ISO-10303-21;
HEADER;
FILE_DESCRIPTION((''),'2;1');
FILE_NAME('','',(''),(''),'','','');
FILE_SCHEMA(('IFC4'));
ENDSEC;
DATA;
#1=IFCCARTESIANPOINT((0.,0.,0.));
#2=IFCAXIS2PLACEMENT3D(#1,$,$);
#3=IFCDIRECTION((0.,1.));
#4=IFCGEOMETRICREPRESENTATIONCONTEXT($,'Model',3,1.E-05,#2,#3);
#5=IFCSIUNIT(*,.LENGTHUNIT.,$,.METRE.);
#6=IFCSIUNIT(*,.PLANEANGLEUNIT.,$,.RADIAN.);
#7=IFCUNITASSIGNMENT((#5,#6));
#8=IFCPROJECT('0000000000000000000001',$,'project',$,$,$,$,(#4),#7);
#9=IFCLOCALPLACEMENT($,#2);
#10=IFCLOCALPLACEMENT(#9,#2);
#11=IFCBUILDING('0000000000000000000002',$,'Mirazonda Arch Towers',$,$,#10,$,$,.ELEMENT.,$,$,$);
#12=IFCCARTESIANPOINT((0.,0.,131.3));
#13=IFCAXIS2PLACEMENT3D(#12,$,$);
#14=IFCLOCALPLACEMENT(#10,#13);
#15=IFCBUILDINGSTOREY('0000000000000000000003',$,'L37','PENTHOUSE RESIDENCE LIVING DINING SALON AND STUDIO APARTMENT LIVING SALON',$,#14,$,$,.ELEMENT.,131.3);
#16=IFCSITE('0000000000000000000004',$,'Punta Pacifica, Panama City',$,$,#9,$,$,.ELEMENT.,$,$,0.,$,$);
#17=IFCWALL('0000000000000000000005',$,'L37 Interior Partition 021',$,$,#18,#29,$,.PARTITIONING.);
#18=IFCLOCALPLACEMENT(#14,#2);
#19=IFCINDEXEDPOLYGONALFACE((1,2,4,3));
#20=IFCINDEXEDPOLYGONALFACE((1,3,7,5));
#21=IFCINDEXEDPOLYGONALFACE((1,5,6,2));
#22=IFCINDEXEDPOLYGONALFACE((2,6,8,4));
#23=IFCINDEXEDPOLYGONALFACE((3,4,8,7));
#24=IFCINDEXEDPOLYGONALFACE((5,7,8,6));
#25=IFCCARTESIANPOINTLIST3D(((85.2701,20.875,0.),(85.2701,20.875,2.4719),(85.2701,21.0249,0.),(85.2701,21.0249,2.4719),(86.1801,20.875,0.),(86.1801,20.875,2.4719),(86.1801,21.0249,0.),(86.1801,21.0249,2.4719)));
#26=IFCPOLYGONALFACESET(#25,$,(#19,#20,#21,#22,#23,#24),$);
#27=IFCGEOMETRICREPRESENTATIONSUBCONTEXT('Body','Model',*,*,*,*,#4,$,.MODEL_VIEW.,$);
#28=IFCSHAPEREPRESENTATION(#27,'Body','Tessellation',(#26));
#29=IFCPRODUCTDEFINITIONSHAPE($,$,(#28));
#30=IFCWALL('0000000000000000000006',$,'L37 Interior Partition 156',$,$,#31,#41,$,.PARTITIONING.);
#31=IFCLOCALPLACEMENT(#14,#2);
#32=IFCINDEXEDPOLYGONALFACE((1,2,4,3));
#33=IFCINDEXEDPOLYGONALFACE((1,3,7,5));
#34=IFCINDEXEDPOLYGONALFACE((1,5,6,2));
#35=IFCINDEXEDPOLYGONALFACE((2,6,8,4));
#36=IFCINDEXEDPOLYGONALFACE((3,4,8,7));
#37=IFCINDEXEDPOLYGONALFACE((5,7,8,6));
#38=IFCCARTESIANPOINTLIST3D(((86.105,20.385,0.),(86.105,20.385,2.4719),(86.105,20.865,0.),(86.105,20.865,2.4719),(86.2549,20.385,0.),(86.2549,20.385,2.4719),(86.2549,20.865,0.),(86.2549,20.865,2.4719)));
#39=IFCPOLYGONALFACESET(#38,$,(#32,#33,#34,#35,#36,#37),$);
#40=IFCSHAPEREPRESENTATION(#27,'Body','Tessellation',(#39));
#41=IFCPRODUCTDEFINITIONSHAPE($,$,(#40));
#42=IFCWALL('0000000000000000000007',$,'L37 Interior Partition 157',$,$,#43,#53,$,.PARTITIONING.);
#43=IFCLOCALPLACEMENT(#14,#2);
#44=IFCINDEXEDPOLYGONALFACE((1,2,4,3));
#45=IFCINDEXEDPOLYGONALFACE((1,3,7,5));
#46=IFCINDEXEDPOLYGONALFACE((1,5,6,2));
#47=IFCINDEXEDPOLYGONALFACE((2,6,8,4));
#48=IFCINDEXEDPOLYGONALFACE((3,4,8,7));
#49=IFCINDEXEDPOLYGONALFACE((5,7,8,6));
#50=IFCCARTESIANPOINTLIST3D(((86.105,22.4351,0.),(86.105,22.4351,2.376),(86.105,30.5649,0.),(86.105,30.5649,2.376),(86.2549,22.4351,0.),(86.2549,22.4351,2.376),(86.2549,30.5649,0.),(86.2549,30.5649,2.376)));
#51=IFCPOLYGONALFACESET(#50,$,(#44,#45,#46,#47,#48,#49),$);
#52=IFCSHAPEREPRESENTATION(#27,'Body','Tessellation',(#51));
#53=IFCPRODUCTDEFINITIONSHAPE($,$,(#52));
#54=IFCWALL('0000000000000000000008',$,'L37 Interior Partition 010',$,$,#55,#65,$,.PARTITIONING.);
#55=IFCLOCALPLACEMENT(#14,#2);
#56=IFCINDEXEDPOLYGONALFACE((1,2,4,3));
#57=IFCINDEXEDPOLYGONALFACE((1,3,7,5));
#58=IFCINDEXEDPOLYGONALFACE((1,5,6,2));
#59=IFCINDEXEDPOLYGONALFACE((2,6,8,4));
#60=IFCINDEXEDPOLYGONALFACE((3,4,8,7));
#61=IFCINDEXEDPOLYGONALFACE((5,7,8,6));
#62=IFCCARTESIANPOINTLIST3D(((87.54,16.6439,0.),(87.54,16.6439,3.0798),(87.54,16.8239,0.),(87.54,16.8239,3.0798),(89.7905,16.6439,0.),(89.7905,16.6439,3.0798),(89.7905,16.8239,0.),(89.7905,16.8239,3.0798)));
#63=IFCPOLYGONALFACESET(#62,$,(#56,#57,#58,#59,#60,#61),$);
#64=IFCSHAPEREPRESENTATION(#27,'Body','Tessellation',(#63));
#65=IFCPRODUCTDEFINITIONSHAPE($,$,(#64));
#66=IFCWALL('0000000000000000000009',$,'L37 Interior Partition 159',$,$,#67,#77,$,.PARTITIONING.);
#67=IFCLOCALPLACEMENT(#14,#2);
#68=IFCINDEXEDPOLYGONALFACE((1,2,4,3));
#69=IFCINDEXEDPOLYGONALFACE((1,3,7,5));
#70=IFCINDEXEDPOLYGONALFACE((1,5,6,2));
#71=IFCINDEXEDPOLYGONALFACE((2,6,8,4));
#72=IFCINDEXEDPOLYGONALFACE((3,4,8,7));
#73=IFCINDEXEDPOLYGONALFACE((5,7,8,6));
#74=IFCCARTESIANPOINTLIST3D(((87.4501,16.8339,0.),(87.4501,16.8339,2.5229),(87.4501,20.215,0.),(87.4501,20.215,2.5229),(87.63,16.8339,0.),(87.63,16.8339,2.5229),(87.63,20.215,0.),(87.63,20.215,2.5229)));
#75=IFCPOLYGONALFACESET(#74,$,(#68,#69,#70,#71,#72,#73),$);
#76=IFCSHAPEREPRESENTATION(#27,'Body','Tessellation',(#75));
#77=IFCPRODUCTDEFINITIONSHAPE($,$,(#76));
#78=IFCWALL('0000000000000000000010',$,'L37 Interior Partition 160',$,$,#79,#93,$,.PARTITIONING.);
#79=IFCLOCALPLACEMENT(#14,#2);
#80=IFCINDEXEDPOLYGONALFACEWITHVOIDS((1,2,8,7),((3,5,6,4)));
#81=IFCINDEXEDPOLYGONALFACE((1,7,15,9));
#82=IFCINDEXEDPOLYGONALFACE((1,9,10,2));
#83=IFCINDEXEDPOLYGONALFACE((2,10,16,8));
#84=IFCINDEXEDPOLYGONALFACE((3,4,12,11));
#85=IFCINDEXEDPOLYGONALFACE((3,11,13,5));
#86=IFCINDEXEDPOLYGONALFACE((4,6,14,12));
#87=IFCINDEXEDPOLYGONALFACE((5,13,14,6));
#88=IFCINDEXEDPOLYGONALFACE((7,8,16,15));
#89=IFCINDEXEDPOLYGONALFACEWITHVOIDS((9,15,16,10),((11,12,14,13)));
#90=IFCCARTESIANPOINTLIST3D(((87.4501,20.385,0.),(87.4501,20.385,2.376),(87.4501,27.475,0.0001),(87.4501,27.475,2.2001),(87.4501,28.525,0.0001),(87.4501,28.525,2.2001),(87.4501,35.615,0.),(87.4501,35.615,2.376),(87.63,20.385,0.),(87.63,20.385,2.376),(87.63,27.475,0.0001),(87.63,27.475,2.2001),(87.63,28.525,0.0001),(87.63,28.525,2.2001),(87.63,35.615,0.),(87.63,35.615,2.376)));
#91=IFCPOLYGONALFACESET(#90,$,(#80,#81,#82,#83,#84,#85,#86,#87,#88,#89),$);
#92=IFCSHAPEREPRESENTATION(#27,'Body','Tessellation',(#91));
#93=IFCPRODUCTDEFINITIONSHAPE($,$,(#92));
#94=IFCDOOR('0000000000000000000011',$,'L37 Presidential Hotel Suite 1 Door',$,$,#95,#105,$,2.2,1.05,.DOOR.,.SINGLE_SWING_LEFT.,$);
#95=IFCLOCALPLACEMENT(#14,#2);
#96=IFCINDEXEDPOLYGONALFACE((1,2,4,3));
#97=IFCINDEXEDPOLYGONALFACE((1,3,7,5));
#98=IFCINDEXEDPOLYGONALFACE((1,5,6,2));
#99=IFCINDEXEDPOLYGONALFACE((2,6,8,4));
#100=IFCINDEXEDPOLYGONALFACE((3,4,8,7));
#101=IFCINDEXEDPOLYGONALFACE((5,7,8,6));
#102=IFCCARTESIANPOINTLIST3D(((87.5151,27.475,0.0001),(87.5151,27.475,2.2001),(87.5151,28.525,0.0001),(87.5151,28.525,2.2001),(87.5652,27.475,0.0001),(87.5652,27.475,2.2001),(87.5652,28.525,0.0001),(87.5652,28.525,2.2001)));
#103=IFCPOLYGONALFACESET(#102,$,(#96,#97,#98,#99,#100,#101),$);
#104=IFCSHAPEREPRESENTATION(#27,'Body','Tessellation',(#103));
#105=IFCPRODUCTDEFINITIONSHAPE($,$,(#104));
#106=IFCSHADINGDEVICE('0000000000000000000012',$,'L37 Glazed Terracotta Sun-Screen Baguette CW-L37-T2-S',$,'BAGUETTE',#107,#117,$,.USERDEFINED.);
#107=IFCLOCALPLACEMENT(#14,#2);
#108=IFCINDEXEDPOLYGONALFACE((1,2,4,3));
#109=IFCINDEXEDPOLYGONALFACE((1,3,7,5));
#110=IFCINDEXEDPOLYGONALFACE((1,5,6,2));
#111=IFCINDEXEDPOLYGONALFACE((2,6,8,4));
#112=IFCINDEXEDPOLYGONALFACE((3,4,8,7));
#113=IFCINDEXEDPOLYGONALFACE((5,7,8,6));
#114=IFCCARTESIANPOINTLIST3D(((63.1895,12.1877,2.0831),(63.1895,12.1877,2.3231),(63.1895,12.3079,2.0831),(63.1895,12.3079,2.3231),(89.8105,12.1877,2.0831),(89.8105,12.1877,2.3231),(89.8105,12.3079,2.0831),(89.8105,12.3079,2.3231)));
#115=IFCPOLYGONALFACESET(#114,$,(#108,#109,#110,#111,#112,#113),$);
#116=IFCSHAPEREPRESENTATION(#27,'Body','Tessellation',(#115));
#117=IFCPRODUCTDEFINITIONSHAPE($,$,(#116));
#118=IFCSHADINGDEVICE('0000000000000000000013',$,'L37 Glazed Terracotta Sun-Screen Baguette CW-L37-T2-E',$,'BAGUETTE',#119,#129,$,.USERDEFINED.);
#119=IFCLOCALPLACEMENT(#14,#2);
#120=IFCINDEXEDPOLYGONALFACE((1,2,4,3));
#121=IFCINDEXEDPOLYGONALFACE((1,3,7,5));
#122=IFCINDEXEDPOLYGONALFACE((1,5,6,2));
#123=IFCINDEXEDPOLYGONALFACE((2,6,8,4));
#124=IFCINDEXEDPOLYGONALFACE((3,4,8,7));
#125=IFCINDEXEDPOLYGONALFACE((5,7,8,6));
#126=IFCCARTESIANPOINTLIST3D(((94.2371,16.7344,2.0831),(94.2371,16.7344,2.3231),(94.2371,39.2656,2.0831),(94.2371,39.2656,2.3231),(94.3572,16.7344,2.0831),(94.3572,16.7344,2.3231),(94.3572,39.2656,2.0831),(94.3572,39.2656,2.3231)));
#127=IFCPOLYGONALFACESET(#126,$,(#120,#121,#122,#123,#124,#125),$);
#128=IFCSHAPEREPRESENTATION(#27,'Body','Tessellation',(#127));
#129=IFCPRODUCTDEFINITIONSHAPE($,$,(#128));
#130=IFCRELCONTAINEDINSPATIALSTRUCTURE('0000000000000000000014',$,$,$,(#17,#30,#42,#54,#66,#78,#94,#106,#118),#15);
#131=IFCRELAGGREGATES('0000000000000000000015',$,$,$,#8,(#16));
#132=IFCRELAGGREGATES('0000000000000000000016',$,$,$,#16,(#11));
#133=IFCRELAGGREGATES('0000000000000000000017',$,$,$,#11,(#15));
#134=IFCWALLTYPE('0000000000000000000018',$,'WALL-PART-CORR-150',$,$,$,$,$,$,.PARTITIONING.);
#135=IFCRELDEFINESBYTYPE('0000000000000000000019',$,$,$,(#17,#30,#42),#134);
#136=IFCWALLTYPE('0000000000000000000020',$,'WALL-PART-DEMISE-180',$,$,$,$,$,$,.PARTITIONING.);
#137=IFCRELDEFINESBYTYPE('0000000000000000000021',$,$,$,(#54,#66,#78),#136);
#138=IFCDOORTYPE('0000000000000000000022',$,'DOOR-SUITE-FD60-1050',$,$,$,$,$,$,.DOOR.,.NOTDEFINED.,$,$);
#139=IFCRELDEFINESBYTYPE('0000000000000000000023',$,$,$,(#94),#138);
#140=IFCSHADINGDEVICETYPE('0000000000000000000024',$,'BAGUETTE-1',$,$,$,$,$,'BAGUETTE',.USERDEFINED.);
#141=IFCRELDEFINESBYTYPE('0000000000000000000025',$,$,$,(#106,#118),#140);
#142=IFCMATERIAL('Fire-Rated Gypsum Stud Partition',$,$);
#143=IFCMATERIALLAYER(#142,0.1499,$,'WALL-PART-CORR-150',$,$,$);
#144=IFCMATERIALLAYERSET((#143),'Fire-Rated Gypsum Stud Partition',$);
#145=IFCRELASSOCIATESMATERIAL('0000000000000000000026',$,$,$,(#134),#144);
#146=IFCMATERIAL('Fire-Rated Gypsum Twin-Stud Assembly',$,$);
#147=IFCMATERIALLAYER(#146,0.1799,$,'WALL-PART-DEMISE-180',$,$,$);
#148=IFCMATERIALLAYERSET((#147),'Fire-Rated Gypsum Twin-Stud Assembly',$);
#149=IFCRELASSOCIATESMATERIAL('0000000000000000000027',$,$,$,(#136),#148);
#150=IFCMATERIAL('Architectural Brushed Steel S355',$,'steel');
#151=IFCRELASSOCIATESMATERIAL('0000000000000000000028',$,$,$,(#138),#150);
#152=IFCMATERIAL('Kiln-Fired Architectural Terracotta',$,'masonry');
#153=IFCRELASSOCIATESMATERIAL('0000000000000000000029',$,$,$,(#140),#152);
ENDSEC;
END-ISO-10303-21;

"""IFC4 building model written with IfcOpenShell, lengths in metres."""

from ifc_helpers import new_model, si_unit, direction, frame, frame_2d, origin, origin_2d, place, context, subcontext, project, spatial, rectangle, extrude, material, layer, layer_set, material_profile, profile_set, type_object, element, fill, save


model = new_model("IFC4")

# Units and contexts
model_context = context("Model", 3, precision=1e-05, world=origin(), true_north=direction((0.0, 1.0)))
body_context = subcontext(model_context, "Body", "Model", "MODEL_VIEW")
ifc_project = project(units=[si_unit("LENGTHUNIT", "METRE"), si_unit("PLANEANGLEUNIT", "RADIAN")], contexts=[model_context])

# Site, building, storey
site_placement = place(None, origin())
site = spatial("IfcSite", under=ifc_project, at=site_placement, Name="Punta Pacifica, Panama City", CompositionType="ELEMENT", RefElevation=0.0)
building_placement = place(site_placement, origin())
building = spatial("IfcBuilding", under=site, at=building_placement, Name="Mirazonda Arch Towers", CompositionType="ELEMENT")
storey_placement = place(building_placement, frame((0.0, 0.0, 131.3)))
storey = spatial("IfcBuildingStorey", under=building, at=storey_placement, Name="L37", Description="PENTHOUSE RESIDENCE LIVING DINING SALON AND STUDIO APARTMENT LIVING SALON", CompositionType="ELEMENT", Elevation=131.3)

# Walls
ifc_material_1 = material(Name="Fire-Rated Gypsum Stud Partition")
ifc_layer_1 = layer(ifc_material_1, 0.1499, Name="WALL-PART-CORR-150")
ifc_layer_set_1 = layer_set([ifc_layer_1], Name="Fire-Rated Gypsum Stud Partition")
wall_type_1 = type_object("IfcWallType", Name="WALL-PART-CORR-150", PredefinedType="PARTITIONING", material=ifc_layer_set_1)
wall_1_placement = place(storey_placement, frame((85.27, 20.95, 0.0), z_axis=(0.0, 0.0, 1.0), x_axis=(1.0, 0.0, 0.0)))
element("IfcWall", 1, at=wall_1_placement, inside=storey, type_object=wall_type_1, Name="L37 Interior Partition 021", PredefinedType="PARTITIONING", context=body_context, shape_type="SweptSolid", body=[
    extrude(rectangle(XDim=0.9099, YDim=0.1499, at=frame_2d((0.4551, 0.0))), origin(), (0.0, 0.0, 1.0), 2.4719),
])
wall_2_placement = place(storey_placement, frame((86.1799, 20.385, 0.0), z_axis=(0.0, 0.0, 1.0), x_axis=(0.0, 1.0, 0.0)))
element("IfcWall", 2, at=wall_2_placement, inside=storey, type_object=wall_type_1, Name="L37 Interior Partition 156", PredefinedType="PARTITIONING", context=body_context, shape_type="SweptSolid", body=[
    extrude(rectangle(XDim=0.48, YDim=0.1499, at=frame_2d((0.24, 0.0))), origin(), (0.0, 0.0, 1.0), 2.4719),
])
wall_3_placement = place(storey_placement, frame((86.1799, 22.4351, 0.0), z_axis=(0.0, 0.0, 1.0), x_axis=(0.0, 1.0, 0.0)))
element("IfcWall", 3, at=wall_3_placement, inside=storey, type_object=wall_type_1, Name="L37 Interior Partition 157", PredefinedType="PARTITIONING", context=body_context, shape_type="SweptSolid", body=[
    extrude(rectangle(XDim=8.1299, YDim=0.1499, at=frame_2d((4.0649, 0.0))), origin(), (0.0, 0.0, 1.0), 2.376),
])
ifc_material_2 = material(Name="Fire-Rated Gypsum Twin-Stud Assembly")
ifc_layer_2 = layer(ifc_material_2, 0.1799, Name="WALL-PART-DEMISE-180")
ifc_layer_set_2 = layer_set([ifc_layer_2], Name="Fire-Rated Gypsum Twin-Stud Assembly")
wall_type_2 = type_object("IfcWallType", Name="WALL-PART-DEMISE-180", PredefinedType="PARTITIONING", material=ifc_layer_set_2)
wall_4_placement = place(storey_placement, frame((87.54, 16.7339, 0.0), z_axis=(0.0, 0.0, 1.0), x_axis=(1.0, 0.0, 0.0)))
element("IfcWall", 4, at=wall_4_placement, inside=storey, type_object=wall_type_2, Name="L37 Interior Partition 010", PredefinedType="PARTITIONING", context=body_context, shape_type="SweptSolid", body=[
    extrude(rectangle(XDim=2.2505, YDim=0.1799, at=frame_2d((1.1252, 0.0))), origin(), (0.0, 0.0, 1.0), 3.0798),
])
wall_5_placement = place(storey_placement, frame((87.54, 16.834, 0.0), z_axis=(0.0, 0.0, 1.0), x_axis=(0.0, 1.0, 0.0)))
element("IfcWall", 5, at=wall_5_placement, inside=storey, type_object=wall_type_2, Name="L37 Interior Partition 159", PredefinedType="PARTITIONING", context=body_context, shape_type="SweptSolid", body=[
    extrude(rectangle(XDim=3.3811, YDim=0.1799, at=frame_2d((1.6904, 0.0))), origin(), (0.0, 0.0, 1.0), 2.5229),
])

# Wall, opening, door
wall_6_placement = place(storey_placement, frame((87.54, 20.385, 0.0), z_axis=(0.0, 0.0, 1.0), x_axis=(0.0, 1.0, 0.0)))
wall_6 = element("IfcWall", 6, at=wall_6_placement, inside=storey, type_object=wall_type_2, Name="L37 Interior Partition 160", PredefinedType="PARTITIONING", context=body_context, shape_type="SweptSolid", body=[
    extrude(rectangle(XDim=15.23, YDim=0.1799, at=frame_2d((7.615, 0.0))), origin(), (0.0, 0.0, 1.0), 2.376),
])
opening_1_placement = place(wall_6_placement, frame((7.0901, 0.0, 0.0)))
opening_1 = element("IfcOpeningElement", 7, at=opening_1_placement, cuts=wall_6, PredefinedType="OPENING", context=body_context, shape_type="SweptSolid", body=[
    extrude(rectangle(XDim=1.05, YDim=2.2, at=frame_2d((0.5249, 1.1001))), frame((0.0, 0.0999, 0.0), z_axis=(0.0, -1.0, 0.0), x_axis=(1.0, 0.0, 0.0)), (0.0, 0.0, 1.0), 0.2),
])
ifc_material_3 = material(Name="Architectural Brushed Steel S355", Category="steel")
door_type = type_object("IfcDoorType", Name="DOOR-SUITE-FD60-1050", OperationType="NOTDEFINED", PredefinedType="DOOR", material=ifc_material_3)
door_placement = place(opening_1_placement, origin())
door = element("IfcDoor", 8, at=door_placement, inside=storey, type_object=door_type, Name="L37 Presidential Hotel Suite 1 Door", OperationType="SINGLE_SWING_LEFT", OverallHeight=2.2, OverallWidth=1.05, PredefinedType="DOOR", context=body_context, shape_type="SweptSolid", body=[
    extrude(rectangle(XDim=1.05, YDim=2.2, at=frame_2d((0.5249, 1.1001))), frame((0.0, 0.0249, 0.0), z_axis=(0.0, -1.0, 0.0), x_axis=(1.0, 0.0, 0.0)), (0.0, 0.0, 1.0), 0.05),
])
fill(opening_1, door)

# Shading devices
ifc_material_4 = material(Name="Kiln-Fired Architectural Terracotta", Category="masonry")
ifc_material_profile_1 = material_profile(ifc_material_4, rectangle(XDim=0.1201, YDim=0.24, at=origin_2d()), Name="TERRA-BAG-120x240")
ifc_profile_set_1 = profile_set([ifc_material_profile_1], Name="Kiln-Fired Architectural Terracotta")
shading_device_type = type_object("IfcShadingDeviceType", Name="BAGUETTE-1", ElementType="BAGUETTE", PredefinedType="USERDEFINED", material=ifc_profile_set_1)
shading_device_1_placement = place(storey_placement, frame((89.8105, 12.2478, 2.2031), z_axis=(-1.0, 0.0, 0.0), x_axis=(0.0, -1.0, 0.0)))
element("IfcShadingDevice", 9, at=shading_device_1_placement, inside=storey, type_object=shading_device_type, Name="L37 Glazed Terracotta Sun-Screen Baguette CW-L37-T2-S", ObjectType="BAGUETTE", PredefinedType="USERDEFINED", context=body_context, shape_type="SweptSolid", body=[
    extrude(rectangle(XDim=0.1201, YDim=0.24, at=origin_2d()), origin(), (0.0, 0.0, 1.0), 26.6211),
])
shading_device_2_placement = place(storey_placement, frame((94.2971, 16.7344, 2.2031), z_axis=(0.0, 1.0, 0.0), x_axis=(-1.0, 0.0, 0.0)))
element("IfcShadingDevice", 10, at=shading_device_2_placement, inside=storey, type_object=shading_device_type, Name="L37 Glazed Terracotta Sun-Screen Baguette CW-L37-T2-E", ObjectType="BAGUETTE", PredefinedType="USERDEFINED", context=body_context, shape_type="SweptSolid", body=[
    extrude(rectangle(XDim=0.1201, YDim=0.24, at=origin_2d()), origin(), (0.0, 0.0, 1.0), 22.5312),
])

save(model, "model.ifc")
